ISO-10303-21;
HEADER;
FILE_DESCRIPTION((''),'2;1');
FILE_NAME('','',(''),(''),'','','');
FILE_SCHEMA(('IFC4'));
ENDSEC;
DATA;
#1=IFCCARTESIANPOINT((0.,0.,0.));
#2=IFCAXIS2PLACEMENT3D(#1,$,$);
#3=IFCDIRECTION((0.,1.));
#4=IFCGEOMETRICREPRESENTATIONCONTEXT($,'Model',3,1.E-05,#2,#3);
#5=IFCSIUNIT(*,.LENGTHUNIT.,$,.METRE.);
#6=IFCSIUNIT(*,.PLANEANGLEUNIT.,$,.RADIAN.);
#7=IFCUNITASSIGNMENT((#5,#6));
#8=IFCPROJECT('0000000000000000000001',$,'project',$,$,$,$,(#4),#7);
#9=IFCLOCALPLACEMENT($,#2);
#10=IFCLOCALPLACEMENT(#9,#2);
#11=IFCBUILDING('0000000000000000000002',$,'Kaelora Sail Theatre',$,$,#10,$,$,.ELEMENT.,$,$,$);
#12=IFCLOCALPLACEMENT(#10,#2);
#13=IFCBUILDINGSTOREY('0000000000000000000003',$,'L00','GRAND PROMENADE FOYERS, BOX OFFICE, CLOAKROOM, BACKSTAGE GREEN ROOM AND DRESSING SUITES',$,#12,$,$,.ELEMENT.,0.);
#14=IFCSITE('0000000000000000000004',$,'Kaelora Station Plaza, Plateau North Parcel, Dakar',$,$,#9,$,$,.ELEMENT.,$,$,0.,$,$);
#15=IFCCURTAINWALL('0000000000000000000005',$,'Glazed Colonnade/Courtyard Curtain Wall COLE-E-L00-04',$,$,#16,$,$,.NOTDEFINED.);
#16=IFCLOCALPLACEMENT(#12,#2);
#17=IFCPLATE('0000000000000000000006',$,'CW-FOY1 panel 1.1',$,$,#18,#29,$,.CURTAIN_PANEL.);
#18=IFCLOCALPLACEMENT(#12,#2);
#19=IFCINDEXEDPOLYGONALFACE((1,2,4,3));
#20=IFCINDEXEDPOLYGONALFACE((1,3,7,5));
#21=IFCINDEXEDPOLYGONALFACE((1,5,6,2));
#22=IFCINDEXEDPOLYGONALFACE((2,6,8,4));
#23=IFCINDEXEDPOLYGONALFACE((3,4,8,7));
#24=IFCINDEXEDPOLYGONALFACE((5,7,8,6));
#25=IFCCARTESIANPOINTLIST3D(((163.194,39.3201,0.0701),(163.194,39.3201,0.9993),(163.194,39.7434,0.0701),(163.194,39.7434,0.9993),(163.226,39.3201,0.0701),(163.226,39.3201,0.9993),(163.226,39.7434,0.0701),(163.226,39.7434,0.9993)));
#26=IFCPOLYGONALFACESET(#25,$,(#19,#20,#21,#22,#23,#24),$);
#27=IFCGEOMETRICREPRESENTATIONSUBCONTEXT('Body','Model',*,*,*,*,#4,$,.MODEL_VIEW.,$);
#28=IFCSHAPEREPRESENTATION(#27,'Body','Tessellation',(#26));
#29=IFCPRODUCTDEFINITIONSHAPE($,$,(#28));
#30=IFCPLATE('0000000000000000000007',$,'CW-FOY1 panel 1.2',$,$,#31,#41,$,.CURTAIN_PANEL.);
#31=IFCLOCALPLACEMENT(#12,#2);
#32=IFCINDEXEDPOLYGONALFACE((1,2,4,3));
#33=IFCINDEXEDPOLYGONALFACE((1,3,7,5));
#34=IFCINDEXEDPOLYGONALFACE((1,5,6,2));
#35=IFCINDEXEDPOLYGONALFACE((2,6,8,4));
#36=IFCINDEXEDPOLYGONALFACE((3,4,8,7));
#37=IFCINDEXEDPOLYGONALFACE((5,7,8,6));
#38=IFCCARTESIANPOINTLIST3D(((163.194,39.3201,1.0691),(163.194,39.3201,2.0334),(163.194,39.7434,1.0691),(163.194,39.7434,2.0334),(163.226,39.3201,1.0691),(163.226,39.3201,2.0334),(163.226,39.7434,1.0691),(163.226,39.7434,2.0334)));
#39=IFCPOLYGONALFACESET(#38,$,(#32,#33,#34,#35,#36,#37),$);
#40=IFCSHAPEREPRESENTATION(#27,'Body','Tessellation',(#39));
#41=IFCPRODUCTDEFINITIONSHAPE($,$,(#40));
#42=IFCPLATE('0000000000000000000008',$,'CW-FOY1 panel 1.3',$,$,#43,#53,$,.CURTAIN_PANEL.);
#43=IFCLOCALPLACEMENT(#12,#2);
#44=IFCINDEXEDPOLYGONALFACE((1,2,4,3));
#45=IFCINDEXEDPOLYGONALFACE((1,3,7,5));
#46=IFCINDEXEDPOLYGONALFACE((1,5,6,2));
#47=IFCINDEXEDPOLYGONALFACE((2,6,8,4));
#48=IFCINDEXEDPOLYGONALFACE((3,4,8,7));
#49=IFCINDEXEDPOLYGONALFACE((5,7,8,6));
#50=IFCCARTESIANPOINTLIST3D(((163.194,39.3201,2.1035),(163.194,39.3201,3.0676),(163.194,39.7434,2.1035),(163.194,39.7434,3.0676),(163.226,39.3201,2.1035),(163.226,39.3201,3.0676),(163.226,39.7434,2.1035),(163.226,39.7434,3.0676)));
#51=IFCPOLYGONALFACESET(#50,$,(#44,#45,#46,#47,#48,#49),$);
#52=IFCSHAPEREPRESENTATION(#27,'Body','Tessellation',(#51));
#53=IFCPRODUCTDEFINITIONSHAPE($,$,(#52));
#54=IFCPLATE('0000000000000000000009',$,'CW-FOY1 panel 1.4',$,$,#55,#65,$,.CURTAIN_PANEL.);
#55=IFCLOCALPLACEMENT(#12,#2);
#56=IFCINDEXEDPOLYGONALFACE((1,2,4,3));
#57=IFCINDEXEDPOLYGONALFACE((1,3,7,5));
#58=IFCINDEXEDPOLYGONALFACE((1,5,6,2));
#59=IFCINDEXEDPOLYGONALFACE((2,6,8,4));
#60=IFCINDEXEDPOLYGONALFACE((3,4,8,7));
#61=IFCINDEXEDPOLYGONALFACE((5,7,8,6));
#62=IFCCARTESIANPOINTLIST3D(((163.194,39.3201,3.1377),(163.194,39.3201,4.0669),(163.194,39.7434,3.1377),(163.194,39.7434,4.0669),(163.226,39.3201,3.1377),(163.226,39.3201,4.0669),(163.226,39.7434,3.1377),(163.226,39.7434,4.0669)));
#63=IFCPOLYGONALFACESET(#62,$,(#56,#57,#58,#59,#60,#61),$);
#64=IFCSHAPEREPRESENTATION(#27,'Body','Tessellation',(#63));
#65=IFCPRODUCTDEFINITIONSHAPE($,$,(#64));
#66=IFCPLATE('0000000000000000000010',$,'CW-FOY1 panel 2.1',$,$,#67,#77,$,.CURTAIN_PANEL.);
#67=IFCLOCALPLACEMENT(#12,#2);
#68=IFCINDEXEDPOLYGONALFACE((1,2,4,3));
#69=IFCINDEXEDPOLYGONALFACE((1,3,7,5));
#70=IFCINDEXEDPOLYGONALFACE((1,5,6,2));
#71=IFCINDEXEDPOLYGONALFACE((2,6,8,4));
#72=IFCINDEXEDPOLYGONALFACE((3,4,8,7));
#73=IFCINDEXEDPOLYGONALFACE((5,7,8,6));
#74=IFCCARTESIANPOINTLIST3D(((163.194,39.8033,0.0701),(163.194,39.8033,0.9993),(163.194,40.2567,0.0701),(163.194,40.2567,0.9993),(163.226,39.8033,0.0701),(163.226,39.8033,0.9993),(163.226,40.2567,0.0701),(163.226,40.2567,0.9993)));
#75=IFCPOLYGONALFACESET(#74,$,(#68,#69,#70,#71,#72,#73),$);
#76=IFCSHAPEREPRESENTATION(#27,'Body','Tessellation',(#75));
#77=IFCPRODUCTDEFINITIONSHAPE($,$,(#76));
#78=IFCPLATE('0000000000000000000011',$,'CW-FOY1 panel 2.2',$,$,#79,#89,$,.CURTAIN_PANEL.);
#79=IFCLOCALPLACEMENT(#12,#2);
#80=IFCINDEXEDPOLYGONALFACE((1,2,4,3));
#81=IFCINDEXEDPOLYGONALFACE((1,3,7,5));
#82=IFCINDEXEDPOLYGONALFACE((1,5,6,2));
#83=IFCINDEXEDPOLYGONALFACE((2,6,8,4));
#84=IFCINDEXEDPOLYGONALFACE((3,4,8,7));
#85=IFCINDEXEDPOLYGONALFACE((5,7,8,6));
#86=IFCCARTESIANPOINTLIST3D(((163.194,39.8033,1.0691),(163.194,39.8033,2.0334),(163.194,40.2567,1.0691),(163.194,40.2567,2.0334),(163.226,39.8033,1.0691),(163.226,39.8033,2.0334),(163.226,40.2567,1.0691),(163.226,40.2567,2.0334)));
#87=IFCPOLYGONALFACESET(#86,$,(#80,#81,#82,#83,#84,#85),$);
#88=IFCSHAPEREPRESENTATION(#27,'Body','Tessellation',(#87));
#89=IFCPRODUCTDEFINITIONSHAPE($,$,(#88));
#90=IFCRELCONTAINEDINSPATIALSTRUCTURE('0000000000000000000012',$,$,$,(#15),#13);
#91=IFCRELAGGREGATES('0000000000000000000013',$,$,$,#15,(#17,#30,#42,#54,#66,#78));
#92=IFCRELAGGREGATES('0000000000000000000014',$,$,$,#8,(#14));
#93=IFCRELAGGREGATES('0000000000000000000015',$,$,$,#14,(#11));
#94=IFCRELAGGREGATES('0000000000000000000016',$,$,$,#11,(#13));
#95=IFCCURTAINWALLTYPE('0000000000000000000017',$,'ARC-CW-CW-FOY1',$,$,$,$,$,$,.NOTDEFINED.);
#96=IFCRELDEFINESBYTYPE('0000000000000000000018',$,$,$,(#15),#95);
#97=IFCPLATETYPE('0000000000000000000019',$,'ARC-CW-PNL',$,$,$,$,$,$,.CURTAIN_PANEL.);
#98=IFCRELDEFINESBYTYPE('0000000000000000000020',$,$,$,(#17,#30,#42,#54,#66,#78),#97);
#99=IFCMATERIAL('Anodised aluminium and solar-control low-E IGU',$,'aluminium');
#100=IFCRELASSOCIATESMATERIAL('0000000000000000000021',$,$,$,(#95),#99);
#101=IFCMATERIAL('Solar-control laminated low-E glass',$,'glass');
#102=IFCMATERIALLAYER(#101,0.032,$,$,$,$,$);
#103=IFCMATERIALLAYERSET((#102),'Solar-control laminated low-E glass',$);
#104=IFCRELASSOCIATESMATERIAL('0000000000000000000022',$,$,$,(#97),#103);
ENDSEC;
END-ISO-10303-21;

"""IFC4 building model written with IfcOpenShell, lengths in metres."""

from ifc_helpers import new_model, si_unit, direction, frame, origin, origin_2d, place, context, subcontext, project, spatial, rectangle, extrude, material, layer, layer_set, type_object, element, aggregate, save


model = new_model("IFC4")

# Units and contexts
model_context = context("Model", 3, precision=1e-05, world=origin(), true_north=direction((0.0, 1.0)))
body_context = subcontext(model_context, "Body", "Model", "MODEL_VIEW")
ifc_project = project(units=[si_unit("LENGTHUNIT", "METRE"), si_unit("PLANEANGLEUNIT", "RADIAN")], contexts=[model_context])

# Site, building, storey
site_placement = place(None, origin())
site = spatial("IfcSite", under=ifc_project, at=site_placement, Name="Kaelora Station Plaza, Plateau North Parcel, Dakar", CompositionType="ELEMENT", RefElevation=0.0)
building_placement = place(site_placement, origin())
building = spatial("IfcBuilding", under=site, at=building_placement, Name="Kaelora Sail Theatre", CompositionType="ELEMENT")
storey_placement = place(building_placement, origin())
storey = spatial("IfcBuildingStorey", under=building, at=storey_placement, Name="L00", Description="GRAND PROMENADE FOYERS, BOX OFFICE, CLOAKROOM, BACKSTAGE GREEN ROOM AND DRESSING SUITES", CompositionType="ELEMENT", Elevation=0.0)

# Curtain wall
ifc_material_1 = material(Name="Anodised aluminium and solar-control low-E IGU", Category="aluminium")
curtain_wall_type = type_object("IfcCurtainWallType", Name="ARC-CW-CW-FOY1", PredefinedType="NOTDEFINED", material=ifc_material_1)
curtain_wall_placement = place(storey_placement, origin())
curtain_wall = element("IfcCurtainWall", 1, at=curtain_wall_placement, inside=storey, type_object=curtain_wall_type, Name="Glazed Colonnade/Courtyard Curtain Wall COLE-E-L00-04", PredefinedType="NOTDEFINED")

# Plates
ifc_material_2 = material(Name="Solar-control laminated low-E glass", Category="glass")
ifc_layer = layer(ifc_material_2, 0.032)
ifc_layer_set = layer_set([ifc_layer], Name="Solar-control laminated low-E glass")
plate_type = type_object("IfcPlateType", Name="ARC-CW-PNL", PredefinedType="CURTAIN_PANEL", material=ifc_layer_set)
plate_1_placement = place(storey_placement, frame((163.21, 39.5317, 0.0701), z_axis=(0.0, 0.0, 1.0), x_axis=(0.0, 1.0, 0.0)))
plate_1 = element("IfcPlate", 2, at=plate_1_placement, type_object=plate_type, Name="CW-FOY1 panel 1.1", PredefinedType="CURTAIN_PANEL", context=body_context, shape_type="SweptSolid", body=[
    extrude(rectangle(XDim=0.4233, YDim=0.032, at=origin_2d()), origin(), (0.0, 0.0, 1.0), 0.9292),
])
plate_2_placement = place(storey_placement, frame((163.21, 39.5317, 1.0691), z_axis=(0.0, 0.0, 1.0), x_axis=(0.0, 1.0, 0.0)))
plate_2 = element("IfcPlate", 3, at=plate_2_placement, type_object=plate_type, Name="CW-FOY1 panel 1.2", PredefinedType="CURTAIN_PANEL", context=body_context, shape_type="SweptSolid", body=[
    extrude(rectangle(XDim=0.4233, YDim=0.032, at=origin_2d()), origin(), (0.0, 0.0, 1.0), 0.9644),
])
plate_3_placement = place(storey_placement, frame((163.21, 39.5317, 2.1035), z_axis=(0.0, 0.0, 1.0), x_axis=(0.0, 1.0, 0.0)))
plate_3 = element("IfcPlate", 4, at=plate_3_placement, type_object=plate_type, Name="CW-FOY1 panel 1.3", PredefinedType="CURTAIN_PANEL", context=body_context, shape_type="SweptSolid", body=[
    extrude(rectangle(XDim=0.4233, YDim=0.032, at=origin_2d()), origin(), (0.0, 0.0, 1.0), 0.9641),
])
plate_4_placement = place(storey_placement, frame((163.21, 39.5317, 3.1377), z_axis=(0.0, 0.0, 1.0), x_axis=(0.0, 1.0, 0.0)))
plate_4 = element("IfcPlate", 5, at=plate_4_placement, type_object=plate_type, Name="CW-FOY1 panel 1.4", PredefinedType="CURTAIN_PANEL", context=body_context, shape_type="SweptSolid", body=[
    extrude(rectangle(XDim=0.4233, YDim=0.032, at=origin_2d()), origin(), (0.0, 0.0, 1.0), 0.9292),
])
plate_5_placement = place(storey_placement, frame((163.21, 40.03, 0.0701), z_axis=(0.0, 0.0, 1.0), x_axis=(0.0, 1.0, 0.0)))
plate_5 = element("IfcPlate", 6, at=plate_5_placement, type_object=plate_type, Name="CW-FOY1 panel 2.1", PredefinedType="CURTAIN_PANEL", context=body_context, shape_type="SweptSolid", body=[
    extrude(rectangle(XDim=0.4534, YDim=0.032, at=origin_2d()), origin(), (0.0, 0.0, 1.0), 0.9292),
])
plate_6_placement = place(storey_placement, frame((163.21, 40.03, 1.0691), z_axis=(0.0, 0.0, 1.0), x_axis=(0.0, 1.0, 0.0)))
plate_6 = element("IfcPlate", 7, at=plate_6_placement, type_object=plate_type, Name="CW-FOY1 panel 2.2", PredefinedType="CURTAIN_PANEL", context=body_context, shape_type="SweptSolid", body=[
    extrude(rectangle(XDim=0.4534, YDim=0.032, at=origin_2d()), origin(), (0.0, 0.0, 1.0), 0.9644),
])
aggregate(curtain_wall, [plate_1, plate_2, plate_3, plate_4, plate_5, plate_6])

save(model, "model.ifc")
